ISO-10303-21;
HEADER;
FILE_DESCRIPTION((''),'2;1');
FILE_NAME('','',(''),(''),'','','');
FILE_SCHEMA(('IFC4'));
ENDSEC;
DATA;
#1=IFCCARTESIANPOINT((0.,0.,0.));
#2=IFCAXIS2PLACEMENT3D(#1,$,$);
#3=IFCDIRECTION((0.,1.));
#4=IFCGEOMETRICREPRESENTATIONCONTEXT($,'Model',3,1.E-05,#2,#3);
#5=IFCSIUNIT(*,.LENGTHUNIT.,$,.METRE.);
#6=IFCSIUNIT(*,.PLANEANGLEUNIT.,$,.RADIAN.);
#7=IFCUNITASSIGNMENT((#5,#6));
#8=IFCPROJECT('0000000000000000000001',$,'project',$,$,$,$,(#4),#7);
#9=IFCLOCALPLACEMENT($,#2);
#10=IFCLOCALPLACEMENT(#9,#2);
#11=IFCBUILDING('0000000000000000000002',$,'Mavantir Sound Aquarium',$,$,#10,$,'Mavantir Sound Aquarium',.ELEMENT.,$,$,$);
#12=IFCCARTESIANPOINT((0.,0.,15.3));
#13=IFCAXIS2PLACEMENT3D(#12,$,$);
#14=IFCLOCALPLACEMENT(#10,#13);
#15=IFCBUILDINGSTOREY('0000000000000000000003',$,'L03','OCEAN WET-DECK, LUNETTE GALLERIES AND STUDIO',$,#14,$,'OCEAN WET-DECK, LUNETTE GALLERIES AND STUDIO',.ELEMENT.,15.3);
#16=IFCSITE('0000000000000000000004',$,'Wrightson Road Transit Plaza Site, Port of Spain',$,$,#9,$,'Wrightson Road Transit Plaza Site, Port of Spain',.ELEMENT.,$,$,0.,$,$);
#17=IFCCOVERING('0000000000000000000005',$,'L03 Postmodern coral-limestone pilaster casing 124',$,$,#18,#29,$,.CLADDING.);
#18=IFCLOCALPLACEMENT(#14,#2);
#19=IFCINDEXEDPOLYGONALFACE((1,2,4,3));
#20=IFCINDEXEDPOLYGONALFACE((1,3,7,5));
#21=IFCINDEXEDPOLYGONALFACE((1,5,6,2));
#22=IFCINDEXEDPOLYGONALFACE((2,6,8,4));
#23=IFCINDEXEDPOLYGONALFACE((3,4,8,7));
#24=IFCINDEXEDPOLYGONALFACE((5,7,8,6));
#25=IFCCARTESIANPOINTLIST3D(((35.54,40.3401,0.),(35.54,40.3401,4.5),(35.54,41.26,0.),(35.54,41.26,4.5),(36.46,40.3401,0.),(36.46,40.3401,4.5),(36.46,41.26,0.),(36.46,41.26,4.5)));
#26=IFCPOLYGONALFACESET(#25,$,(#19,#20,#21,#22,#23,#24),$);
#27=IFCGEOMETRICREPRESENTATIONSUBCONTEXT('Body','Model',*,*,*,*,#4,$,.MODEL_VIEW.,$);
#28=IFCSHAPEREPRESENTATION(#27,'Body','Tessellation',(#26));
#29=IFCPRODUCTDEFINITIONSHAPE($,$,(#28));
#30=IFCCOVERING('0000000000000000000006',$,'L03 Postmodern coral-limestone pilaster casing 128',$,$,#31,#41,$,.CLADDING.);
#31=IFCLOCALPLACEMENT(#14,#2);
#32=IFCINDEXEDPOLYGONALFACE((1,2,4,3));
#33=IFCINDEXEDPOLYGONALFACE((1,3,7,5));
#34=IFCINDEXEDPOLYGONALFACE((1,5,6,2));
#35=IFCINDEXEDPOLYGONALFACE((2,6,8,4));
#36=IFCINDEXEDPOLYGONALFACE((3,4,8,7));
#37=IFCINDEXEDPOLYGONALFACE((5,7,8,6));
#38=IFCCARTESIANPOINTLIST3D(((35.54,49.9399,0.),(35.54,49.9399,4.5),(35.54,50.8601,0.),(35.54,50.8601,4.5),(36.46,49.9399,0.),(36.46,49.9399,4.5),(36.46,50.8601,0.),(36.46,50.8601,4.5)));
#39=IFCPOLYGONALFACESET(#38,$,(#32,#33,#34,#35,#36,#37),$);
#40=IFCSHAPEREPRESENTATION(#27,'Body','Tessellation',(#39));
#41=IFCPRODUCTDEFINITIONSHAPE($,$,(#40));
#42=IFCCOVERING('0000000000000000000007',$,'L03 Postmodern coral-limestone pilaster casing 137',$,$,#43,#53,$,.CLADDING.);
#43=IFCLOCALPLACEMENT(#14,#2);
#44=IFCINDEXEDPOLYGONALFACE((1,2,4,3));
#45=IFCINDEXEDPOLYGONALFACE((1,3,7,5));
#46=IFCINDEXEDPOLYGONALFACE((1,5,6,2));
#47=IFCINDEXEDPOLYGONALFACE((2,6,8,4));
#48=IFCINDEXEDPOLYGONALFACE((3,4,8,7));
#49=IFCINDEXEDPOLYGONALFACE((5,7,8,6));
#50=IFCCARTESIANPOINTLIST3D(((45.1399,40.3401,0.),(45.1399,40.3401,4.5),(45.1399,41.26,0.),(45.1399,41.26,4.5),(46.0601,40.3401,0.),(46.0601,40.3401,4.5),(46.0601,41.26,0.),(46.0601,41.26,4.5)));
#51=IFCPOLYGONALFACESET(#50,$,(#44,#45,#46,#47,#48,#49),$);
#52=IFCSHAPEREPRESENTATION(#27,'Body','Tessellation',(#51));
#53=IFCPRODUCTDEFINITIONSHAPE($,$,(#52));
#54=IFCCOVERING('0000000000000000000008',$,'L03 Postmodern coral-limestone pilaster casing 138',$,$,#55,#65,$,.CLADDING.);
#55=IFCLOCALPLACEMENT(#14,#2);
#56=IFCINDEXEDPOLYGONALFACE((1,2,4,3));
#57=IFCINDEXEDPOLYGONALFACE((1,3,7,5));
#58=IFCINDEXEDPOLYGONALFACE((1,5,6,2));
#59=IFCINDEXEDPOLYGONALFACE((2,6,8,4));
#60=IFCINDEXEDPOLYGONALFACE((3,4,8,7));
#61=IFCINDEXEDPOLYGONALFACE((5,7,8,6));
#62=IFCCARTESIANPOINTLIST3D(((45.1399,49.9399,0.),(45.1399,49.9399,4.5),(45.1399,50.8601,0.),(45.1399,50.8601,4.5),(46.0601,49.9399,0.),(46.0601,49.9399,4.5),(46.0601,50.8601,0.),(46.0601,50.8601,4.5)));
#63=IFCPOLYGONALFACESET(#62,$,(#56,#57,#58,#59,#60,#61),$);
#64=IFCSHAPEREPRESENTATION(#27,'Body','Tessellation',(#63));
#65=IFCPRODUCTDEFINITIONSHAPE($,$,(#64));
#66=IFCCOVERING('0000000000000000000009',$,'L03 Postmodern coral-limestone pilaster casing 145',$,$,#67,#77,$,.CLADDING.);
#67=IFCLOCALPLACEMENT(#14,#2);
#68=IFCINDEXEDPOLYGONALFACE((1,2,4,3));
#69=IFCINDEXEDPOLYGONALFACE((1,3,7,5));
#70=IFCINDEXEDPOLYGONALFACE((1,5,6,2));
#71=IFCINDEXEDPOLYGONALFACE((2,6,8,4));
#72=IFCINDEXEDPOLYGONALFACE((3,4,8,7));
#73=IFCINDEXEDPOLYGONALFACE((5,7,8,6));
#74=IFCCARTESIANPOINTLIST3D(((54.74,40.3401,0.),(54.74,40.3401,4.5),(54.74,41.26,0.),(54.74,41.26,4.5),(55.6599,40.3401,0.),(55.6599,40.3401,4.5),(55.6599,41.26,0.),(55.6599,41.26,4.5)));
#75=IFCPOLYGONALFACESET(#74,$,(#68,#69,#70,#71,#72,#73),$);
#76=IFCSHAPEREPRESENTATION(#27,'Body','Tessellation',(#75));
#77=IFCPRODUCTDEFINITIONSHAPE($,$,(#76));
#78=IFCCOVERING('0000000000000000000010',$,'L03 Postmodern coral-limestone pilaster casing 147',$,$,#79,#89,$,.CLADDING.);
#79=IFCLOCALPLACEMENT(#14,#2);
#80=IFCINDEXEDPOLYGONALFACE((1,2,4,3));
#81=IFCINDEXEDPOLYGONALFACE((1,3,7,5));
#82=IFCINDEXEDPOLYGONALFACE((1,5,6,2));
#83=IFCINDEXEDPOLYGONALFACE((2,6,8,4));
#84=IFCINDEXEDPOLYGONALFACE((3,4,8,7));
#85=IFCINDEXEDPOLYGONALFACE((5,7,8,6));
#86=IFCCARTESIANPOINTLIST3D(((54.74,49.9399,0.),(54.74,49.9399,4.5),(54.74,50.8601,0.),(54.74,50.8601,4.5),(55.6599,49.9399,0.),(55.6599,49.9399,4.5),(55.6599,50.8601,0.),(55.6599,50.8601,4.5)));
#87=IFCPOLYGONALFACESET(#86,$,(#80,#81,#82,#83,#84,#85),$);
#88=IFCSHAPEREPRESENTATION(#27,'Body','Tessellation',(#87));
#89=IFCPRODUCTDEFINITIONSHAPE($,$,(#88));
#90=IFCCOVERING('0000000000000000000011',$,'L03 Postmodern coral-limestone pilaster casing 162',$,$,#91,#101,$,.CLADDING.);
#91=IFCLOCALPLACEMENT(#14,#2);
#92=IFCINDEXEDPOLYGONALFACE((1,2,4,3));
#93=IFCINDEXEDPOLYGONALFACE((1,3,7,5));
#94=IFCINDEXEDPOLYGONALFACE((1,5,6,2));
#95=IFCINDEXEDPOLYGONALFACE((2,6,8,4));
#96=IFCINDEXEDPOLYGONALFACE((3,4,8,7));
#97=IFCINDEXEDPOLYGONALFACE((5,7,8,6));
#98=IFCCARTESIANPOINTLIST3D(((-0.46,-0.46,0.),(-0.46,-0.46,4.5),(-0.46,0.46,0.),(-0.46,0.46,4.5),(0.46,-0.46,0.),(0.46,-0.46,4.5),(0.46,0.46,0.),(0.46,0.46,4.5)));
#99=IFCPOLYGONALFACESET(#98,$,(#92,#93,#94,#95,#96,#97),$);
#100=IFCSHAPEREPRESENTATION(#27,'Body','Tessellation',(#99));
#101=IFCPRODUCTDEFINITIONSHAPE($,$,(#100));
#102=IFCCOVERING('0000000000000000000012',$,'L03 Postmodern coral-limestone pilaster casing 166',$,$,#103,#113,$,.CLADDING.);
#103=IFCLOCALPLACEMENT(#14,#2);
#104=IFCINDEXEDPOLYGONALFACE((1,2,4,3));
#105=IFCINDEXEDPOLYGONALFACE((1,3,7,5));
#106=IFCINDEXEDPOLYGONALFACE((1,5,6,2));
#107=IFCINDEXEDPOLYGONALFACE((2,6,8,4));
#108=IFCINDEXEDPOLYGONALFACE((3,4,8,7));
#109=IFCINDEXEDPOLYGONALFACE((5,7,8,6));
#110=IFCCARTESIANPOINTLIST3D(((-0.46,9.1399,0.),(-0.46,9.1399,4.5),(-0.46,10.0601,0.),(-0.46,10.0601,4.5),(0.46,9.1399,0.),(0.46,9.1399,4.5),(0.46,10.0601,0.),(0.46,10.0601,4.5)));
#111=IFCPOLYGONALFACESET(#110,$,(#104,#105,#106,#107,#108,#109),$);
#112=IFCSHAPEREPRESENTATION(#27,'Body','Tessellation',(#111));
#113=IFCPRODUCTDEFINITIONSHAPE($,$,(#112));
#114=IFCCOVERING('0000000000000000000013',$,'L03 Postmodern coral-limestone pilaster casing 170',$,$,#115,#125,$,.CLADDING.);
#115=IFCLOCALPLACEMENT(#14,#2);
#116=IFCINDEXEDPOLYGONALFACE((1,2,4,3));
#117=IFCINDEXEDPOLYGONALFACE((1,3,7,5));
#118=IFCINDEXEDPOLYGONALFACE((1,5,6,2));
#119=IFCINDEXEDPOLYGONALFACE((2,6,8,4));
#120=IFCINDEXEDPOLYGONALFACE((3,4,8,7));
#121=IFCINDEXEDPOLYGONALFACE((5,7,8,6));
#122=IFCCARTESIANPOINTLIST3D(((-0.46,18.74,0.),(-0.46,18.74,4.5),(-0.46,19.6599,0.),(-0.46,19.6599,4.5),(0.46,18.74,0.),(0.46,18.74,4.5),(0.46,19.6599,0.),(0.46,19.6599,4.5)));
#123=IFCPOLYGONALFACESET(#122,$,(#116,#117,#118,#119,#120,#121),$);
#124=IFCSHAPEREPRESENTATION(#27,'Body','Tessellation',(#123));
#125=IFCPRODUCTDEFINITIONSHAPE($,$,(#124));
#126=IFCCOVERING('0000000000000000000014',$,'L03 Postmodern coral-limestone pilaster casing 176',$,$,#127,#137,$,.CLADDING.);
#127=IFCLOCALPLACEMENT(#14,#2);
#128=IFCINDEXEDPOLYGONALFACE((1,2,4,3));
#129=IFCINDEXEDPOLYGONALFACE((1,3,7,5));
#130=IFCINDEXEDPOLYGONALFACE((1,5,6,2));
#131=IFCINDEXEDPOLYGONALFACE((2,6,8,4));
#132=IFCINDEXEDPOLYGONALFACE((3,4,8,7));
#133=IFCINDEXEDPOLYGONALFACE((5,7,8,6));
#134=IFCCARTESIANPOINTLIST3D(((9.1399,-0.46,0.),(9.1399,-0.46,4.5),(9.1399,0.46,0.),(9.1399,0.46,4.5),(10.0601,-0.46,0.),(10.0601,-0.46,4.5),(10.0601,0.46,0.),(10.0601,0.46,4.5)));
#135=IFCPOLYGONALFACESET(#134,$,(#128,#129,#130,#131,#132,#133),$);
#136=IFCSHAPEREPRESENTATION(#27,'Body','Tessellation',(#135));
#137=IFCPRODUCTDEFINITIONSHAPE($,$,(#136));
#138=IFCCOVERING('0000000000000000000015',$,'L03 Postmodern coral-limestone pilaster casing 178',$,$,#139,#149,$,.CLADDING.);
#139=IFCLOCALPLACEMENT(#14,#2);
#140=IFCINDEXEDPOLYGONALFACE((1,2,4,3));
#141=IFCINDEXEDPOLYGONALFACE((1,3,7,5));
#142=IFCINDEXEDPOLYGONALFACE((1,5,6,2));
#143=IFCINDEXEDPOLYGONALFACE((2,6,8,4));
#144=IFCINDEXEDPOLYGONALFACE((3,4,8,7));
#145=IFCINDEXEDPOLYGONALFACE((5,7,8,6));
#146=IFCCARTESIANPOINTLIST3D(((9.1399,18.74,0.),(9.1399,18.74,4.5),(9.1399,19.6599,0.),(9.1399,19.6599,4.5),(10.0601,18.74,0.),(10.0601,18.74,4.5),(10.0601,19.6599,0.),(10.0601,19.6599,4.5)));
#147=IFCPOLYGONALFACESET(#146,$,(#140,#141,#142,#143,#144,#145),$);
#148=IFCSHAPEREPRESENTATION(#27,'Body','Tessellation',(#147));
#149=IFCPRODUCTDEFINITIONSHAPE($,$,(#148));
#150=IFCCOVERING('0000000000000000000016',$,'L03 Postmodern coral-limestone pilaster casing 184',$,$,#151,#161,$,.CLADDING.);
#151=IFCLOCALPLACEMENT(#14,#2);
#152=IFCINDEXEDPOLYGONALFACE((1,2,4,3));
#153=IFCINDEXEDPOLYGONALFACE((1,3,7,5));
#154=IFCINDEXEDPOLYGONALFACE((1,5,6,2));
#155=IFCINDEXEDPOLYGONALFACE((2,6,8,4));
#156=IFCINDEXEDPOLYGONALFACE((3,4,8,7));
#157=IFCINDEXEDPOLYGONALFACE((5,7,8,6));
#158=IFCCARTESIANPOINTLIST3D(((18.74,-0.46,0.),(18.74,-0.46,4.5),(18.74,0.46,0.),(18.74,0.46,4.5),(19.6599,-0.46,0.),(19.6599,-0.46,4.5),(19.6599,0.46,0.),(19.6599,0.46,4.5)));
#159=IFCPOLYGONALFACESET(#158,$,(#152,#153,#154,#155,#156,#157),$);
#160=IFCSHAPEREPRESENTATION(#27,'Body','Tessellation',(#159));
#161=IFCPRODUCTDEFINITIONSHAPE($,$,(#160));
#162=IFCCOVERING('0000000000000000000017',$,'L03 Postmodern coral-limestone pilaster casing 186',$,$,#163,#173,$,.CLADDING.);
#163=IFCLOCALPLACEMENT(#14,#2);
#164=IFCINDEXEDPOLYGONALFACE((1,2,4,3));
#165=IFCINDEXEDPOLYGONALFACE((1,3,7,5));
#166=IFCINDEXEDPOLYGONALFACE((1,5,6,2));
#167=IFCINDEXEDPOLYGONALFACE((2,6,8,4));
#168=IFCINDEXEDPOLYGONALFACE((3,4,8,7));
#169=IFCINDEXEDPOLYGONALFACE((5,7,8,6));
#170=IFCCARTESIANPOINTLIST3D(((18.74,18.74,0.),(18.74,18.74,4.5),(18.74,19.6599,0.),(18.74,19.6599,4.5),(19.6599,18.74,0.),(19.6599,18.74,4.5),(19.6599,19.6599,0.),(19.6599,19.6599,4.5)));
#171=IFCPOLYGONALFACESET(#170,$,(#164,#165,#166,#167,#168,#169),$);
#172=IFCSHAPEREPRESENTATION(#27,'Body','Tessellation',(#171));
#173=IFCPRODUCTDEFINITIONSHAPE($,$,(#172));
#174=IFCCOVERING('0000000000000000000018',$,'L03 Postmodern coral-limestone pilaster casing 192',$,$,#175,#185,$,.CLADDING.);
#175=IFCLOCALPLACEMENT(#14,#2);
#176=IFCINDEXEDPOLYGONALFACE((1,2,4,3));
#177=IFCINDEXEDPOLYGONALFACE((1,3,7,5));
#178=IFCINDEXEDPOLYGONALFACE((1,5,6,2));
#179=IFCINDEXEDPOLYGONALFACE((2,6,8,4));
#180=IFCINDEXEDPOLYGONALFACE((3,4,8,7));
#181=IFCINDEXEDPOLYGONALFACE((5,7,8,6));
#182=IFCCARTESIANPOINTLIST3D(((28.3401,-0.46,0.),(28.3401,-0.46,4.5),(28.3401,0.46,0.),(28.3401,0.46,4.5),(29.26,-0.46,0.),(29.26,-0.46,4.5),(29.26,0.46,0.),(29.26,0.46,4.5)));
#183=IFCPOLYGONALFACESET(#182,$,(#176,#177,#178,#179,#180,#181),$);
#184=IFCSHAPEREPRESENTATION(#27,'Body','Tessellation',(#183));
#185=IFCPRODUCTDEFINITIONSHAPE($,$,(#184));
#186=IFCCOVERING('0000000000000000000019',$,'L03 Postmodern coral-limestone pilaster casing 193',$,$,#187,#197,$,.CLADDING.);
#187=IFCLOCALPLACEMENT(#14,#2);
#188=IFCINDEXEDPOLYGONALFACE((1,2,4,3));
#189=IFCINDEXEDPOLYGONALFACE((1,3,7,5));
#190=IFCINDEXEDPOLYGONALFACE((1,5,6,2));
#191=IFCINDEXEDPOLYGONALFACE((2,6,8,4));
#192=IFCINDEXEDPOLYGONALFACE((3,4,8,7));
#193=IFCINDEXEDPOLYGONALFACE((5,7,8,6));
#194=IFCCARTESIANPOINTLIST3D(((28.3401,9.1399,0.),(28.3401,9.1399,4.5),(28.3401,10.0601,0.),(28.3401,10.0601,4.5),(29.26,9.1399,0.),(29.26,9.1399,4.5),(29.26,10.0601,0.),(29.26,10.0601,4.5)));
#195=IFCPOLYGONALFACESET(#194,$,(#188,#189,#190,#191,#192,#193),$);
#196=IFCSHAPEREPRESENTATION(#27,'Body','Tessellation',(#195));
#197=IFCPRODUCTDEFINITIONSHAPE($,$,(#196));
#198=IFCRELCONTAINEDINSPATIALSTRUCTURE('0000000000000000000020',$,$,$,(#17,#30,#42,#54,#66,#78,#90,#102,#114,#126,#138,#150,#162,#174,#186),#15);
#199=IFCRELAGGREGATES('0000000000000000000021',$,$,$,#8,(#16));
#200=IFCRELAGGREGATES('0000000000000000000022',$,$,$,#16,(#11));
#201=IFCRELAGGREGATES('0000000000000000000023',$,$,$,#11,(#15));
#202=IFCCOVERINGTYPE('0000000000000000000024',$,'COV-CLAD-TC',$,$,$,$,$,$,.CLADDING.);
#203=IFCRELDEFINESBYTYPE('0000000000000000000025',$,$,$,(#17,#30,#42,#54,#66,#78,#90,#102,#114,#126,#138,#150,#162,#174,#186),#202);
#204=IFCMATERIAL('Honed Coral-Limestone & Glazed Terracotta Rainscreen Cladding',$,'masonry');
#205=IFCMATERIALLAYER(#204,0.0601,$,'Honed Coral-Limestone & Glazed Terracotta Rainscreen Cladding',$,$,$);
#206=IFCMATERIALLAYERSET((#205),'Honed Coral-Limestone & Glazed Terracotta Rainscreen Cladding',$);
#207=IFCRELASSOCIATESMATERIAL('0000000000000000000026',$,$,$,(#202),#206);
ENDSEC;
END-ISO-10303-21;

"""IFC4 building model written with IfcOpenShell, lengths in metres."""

from ifc_helpers import new_model, si_unit, direction, frame, origin, place, context, subcontext, project, spatial, polyline, outline, extrude, material, layer, layer_set, type_object, element, save


model = new_model("IFC4")

# Units and contexts
model_context = context("Model", 3, precision=1e-05, world=origin(), true_north=direction((0.0, 1.0)))
body_context = subcontext(model_context, "Body", "Model", "MODEL_VIEW")
ifc_project = project(units=[si_unit("LENGTHUNIT", "METRE"), si_unit("PLANEANGLEUNIT", "RADIAN")], contexts=[model_context])

# Site, building, storey
site_placement = place(None, origin())
site = spatial("IfcSite", under=ifc_project, at=site_placement, Name="Wrightson Road Transit Plaza Site, Port of Spain", LongName="Wrightson Road Transit Plaza Site, Port of Spain", CompositionType="ELEMENT", RefElevation=0.0)
building_placement = place(site_placement, origin())
building = spatial("IfcBuilding", under=site, at=building_placement, Name="Mavantir Sound Aquarium", LongName="Mavantir Sound Aquarium", CompositionType="ELEMENT")
storey_placement = place(building_placement, frame((0.0, 0.0, 15.3)))
storey = spatial("IfcBuildingStorey", under=building, at=storey_placement, Name="L03", Description="OCEAN WET-DECK, LUNETTE GALLERIES AND STUDIO", LongName="OCEAN WET-DECK, LUNETTE GALLERIES AND STUDIO", CompositionType="ELEMENT", Elevation=15.3)

# Coverings
ifc_material = material(Name="Honed Coral-Limestone & Glazed Terracotta Rainscreen Cladding", Category="masonry")
ifc_layer = layer(ifc_material, 0.0601, Name="Honed Coral-Limestone & Glazed Terracotta Rainscreen Cladding")
ifc_layer_set = layer_set([ifc_layer], Name="Honed Coral-Limestone & Glazed Terracotta Rainscreen Cladding")
covering_type = type_object("IfcCoveringType", Name="COV-CLAD-TC", PredefinedType="CLADDING", material=ifc_layer_set)
covering_1_placement = place(storey_placement, origin())
element("IfcCovering", 1, at=covering_1_placement, inside=storey, type_object=covering_type, Name="L03 Postmodern coral-limestone pilaster casing 124", PredefinedType="CLADDING", context=body_context, shape_type="SweptSolid", body=[
    extrude(outline(polyline([(35.54, 40.3401), (36.46, 40.3401), (36.46, 41.26), (35.54, 41.26), (35.54, 40.3401)])), origin(), (0.0, 0.0, 1.0), 4.5),
])
covering_2_placement = place(storey_placement, origin())
element("IfcCovering", 2, at=covering_2_placement, inside=storey, type_object=covering_type, Name="L03 Postmodern coral-limestone pilaster casing 128", PredefinedType="CLADDING", context=body_context, shape_type="SweptSolid", body=[
    extrude(outline(polyline([(35.54, 49.9399), (36.46, 49.9399), (36.46, 50.8601), (35.54, 50.8601), (35.54, 49.9399)])), origin(), (0.0, 0.0, 1.0), 4.5),
])
covering_3_placement = place(storey_placement, origin())
element("IfcCovering", 3, at=covering_3_placement, inside=storey, type_object=covering_type, Name="L03 Postmodern coral-limestone pilaster casing 137", PredefinedType="CLADDING", context=body_context, shape_type="SweptSolid", body=[
    extrude(outline(polyline([(45.1399, 40.3401), (46.0601, 40.3401), (46.0601, 41.26), (45.1399, 41.26), (45.1399, 40.3401)])), origin(), (0.0, 0.0, 1.0), 4.5),
])
covering_4_placement = place(storey_placement, origin())
element("IfcCovering", 4, at=covering_4_placement, inside=storey, type_object=covering_type, Name="L03 Postmodern coral-limestone pilaster casing 138", PredefinedType="CLADDING", context=body_context, shape_type="SweptSolid", body=[
    extrude(outline(polyline([(45.1399, 49.9399), (46.0601, 49.9399), (46.0601, 50.8601), (45.1399, 50.8601), (45.1399, 49.9399)])), origin(), (0.0, 0.0, 1.0), 4.5),
])
covering_5_placement = place(storey_placement, origin())
element("IfcCovering", 5, at=covering_5_placement, inside=storey, type_object=covering_type, Name="L03 Postmodern coral-limestone pilaster casing 145", PredefinedType="CLADDING", context=body_context, shape_type="SweptSolid", body=[
    extrude(outline(polyline([(54.74, 40.3401), (55.6599, 40.3401), (55.6599, 41.26), (54.74, 41.26), (54.74, 40.3401)])), origin(), (0.0, 0.0, 1.0), 4.5),
])
covering_6_placement = place(storey_placement, origin())
element("IfcCovering", 6, at=covering_6_placement, inside=storey, type_object=covering_type, Name="L03 Postmodern coral-limestone pilaster casing 147", PredefinedType="CLADDING", context=body_context, shape_type="SweptSolid", body=[
    extrude(outline(polyline([(54.74, 49.9399), (55.6599, 49.9399), (55.6599, 50.8601), (54.74, 50.8601), (54.74, 49.9399)])), origin(), (0.0, 0.0, 1.0), 4.5),
])
covering_7_placement = place(storey_placement, origin())
element("IfcCovering", 7, at=covering_7_placement, inside=storey, type_object=covering_type, Name="L03 Postmodern coral-limestone pilaster casing 162", PredefinedType="CLADDING", context=body_context, shape_type="SweptSolid", body=[
    extrude(outline(polyline([(-0.46, -0.46), (0.46, -0.46), (0.46, 0.46), (-0.46, 0.46), (-0.46, -0.46)])), origin(), (0.0, 0.0, 1.0), 4.5),
])
covering_8_placement = place(storey_placement, origin())
element("IfcCovering", 8, at=covering_8_placement, inside=storey, type_object=covering_type, Name="L03 Postmodern coral-limestone pilaster casing 166", PredefinedType="CLADDING", context=body_context, shape_type="SweptSolid", body=[
    extrude(outline(polyline([(-0.46, 9.1399), (0.46, 9.1399), (0.46, 10.0601), (-0.46, 10.0601), (-0.46, 9.1399)])), origin(), (0.0, 0.0, 1.0), 4.5),
])
covering_9_placement = place(storey_placement, origin())
element("IfcCovering", 9, at=covering_9_placement, inside=storey, type_object=covering_type, Name="L03 Postmodern coral-limestone pilaster casing 170", PredefinedType="CLADDING", context=body_context, shape_type="SweptSolid", body=[
    extrude(outline(polyline([(-0.46, 18.74), (0.46, 18.74), (0.46, 19.6599), (-0.46, 19.6599), (-0.46, 18.74)])), origin(), (0.0, 0.0, 1.0), 4.5),
])
covering_10_placement = place(storey_placement, origin())
element("IfcCovering", 10, at=covering_10_placement, inside=storey, type_object=covering_type, Name="L03 Postmodern coral-limestone pilaster casing 176", PredefinedType="CLADDING", context=body_context, shape_type="SweptSolid", body=[
    extrude(outline(polyline([(9.1399, -0.46), (10.0601, -0.46), (10.0601, 0.46), (9.1399, 0.46), (9.1399, -0.46)])), origin(), (0.0, 0.0, 1.0), 4.5),
])
covering_11_placement = place(storey_placement, origin())
element("IfcCovering", 11, at=covering_11_placement, inside=storey, type_object=covering_type, Name="L03 Postmodern coral-limestone pilaster casing 178", PredefinedType="CLADDING", context=body_context, shape_type="SweptSolid", body=[
    extrude(outline(polyline([(9.1399, 18.74), (10.0601, 18.74), (10.0601, 19.6599), (9.1399, 19.6599), (9.1399, 18.74)])), origin(), (0.0, 0.0, 1.0), 4.5),
])
covering_12_placement = place(storey_placement, origin())
element("IfcCovering", 12, at=covering_12_placement, inside=storey, type_object=covering_type, Name="L03 Postmodern coral-limestone pilaster casing 184", PredefinedType="CLADDING", context=body_context, shape_type="SweptSolid", body=[
    extrude(outline(polyline([(18.74, -0.46), (19.6599, -0.46), (19.6599, 0.46), (18.74, 0.46), (18.74, -0.46)])), origin(), (0.0, 0.0, 1.0), 4.5),
])
covering_13_placement = place(storey_placement, origin())
element("IfcCovering", 13, at=covering_13_placement, inside=storey, type_object=covering_type, Name="L03 Postmodern coral-limestone pilaster casing 186", PredefinedType="CLADDING", context=body_context, shape_type="SweptSolid", body=[
    extrude(outline(polyline([(18.74, 18.74), (19.6599, 18.74), (19.6599, 19.6599), (18.74, 19.6599), (18.74, 18.74)])), origin(), (0.0, 0.0, 1.0), 4.5),
])
covering_14_placement = place(storey_placement, origin())
element("IfcCovering", 14, at=covering_14_placement, inside=storey, type_object=covering_type, Name="L03 Postmodern coral-limestone pilaster casing 192", PredefinedType="CLADDING", context=body_context, shape_type="SweptSolid", body=[
    extrude(outline(polyline([(28.3401, -0.46), (29.26, -0.46), (29.26, 0.46), (28.3401, 0.46), (28.3401, -0.46)])), origin(), (0.0, 0.0, 1.0), 4.5),
])
covering_15_placement = place(storey_placement, origin())
element("IfcCovering", 15, at=covering_15_placement, inside=storey, type_object=covering_type, Name="L03 Postmodern coral-limestone pilaster casing 193", PredefinedType="CLADDING", context=body_context, shape_type="SweptSolid", body=[
    extrude(outline(polyline([(28.3401, 9.1399), (29.26, 9.1399), (29.26, 10.0601), (28.3401, 10.0601), (28.3401, 9.1399)])), origin(), (0.0, 0.0, 1.0), 4.5),
])

save(model, "model.ifc")
